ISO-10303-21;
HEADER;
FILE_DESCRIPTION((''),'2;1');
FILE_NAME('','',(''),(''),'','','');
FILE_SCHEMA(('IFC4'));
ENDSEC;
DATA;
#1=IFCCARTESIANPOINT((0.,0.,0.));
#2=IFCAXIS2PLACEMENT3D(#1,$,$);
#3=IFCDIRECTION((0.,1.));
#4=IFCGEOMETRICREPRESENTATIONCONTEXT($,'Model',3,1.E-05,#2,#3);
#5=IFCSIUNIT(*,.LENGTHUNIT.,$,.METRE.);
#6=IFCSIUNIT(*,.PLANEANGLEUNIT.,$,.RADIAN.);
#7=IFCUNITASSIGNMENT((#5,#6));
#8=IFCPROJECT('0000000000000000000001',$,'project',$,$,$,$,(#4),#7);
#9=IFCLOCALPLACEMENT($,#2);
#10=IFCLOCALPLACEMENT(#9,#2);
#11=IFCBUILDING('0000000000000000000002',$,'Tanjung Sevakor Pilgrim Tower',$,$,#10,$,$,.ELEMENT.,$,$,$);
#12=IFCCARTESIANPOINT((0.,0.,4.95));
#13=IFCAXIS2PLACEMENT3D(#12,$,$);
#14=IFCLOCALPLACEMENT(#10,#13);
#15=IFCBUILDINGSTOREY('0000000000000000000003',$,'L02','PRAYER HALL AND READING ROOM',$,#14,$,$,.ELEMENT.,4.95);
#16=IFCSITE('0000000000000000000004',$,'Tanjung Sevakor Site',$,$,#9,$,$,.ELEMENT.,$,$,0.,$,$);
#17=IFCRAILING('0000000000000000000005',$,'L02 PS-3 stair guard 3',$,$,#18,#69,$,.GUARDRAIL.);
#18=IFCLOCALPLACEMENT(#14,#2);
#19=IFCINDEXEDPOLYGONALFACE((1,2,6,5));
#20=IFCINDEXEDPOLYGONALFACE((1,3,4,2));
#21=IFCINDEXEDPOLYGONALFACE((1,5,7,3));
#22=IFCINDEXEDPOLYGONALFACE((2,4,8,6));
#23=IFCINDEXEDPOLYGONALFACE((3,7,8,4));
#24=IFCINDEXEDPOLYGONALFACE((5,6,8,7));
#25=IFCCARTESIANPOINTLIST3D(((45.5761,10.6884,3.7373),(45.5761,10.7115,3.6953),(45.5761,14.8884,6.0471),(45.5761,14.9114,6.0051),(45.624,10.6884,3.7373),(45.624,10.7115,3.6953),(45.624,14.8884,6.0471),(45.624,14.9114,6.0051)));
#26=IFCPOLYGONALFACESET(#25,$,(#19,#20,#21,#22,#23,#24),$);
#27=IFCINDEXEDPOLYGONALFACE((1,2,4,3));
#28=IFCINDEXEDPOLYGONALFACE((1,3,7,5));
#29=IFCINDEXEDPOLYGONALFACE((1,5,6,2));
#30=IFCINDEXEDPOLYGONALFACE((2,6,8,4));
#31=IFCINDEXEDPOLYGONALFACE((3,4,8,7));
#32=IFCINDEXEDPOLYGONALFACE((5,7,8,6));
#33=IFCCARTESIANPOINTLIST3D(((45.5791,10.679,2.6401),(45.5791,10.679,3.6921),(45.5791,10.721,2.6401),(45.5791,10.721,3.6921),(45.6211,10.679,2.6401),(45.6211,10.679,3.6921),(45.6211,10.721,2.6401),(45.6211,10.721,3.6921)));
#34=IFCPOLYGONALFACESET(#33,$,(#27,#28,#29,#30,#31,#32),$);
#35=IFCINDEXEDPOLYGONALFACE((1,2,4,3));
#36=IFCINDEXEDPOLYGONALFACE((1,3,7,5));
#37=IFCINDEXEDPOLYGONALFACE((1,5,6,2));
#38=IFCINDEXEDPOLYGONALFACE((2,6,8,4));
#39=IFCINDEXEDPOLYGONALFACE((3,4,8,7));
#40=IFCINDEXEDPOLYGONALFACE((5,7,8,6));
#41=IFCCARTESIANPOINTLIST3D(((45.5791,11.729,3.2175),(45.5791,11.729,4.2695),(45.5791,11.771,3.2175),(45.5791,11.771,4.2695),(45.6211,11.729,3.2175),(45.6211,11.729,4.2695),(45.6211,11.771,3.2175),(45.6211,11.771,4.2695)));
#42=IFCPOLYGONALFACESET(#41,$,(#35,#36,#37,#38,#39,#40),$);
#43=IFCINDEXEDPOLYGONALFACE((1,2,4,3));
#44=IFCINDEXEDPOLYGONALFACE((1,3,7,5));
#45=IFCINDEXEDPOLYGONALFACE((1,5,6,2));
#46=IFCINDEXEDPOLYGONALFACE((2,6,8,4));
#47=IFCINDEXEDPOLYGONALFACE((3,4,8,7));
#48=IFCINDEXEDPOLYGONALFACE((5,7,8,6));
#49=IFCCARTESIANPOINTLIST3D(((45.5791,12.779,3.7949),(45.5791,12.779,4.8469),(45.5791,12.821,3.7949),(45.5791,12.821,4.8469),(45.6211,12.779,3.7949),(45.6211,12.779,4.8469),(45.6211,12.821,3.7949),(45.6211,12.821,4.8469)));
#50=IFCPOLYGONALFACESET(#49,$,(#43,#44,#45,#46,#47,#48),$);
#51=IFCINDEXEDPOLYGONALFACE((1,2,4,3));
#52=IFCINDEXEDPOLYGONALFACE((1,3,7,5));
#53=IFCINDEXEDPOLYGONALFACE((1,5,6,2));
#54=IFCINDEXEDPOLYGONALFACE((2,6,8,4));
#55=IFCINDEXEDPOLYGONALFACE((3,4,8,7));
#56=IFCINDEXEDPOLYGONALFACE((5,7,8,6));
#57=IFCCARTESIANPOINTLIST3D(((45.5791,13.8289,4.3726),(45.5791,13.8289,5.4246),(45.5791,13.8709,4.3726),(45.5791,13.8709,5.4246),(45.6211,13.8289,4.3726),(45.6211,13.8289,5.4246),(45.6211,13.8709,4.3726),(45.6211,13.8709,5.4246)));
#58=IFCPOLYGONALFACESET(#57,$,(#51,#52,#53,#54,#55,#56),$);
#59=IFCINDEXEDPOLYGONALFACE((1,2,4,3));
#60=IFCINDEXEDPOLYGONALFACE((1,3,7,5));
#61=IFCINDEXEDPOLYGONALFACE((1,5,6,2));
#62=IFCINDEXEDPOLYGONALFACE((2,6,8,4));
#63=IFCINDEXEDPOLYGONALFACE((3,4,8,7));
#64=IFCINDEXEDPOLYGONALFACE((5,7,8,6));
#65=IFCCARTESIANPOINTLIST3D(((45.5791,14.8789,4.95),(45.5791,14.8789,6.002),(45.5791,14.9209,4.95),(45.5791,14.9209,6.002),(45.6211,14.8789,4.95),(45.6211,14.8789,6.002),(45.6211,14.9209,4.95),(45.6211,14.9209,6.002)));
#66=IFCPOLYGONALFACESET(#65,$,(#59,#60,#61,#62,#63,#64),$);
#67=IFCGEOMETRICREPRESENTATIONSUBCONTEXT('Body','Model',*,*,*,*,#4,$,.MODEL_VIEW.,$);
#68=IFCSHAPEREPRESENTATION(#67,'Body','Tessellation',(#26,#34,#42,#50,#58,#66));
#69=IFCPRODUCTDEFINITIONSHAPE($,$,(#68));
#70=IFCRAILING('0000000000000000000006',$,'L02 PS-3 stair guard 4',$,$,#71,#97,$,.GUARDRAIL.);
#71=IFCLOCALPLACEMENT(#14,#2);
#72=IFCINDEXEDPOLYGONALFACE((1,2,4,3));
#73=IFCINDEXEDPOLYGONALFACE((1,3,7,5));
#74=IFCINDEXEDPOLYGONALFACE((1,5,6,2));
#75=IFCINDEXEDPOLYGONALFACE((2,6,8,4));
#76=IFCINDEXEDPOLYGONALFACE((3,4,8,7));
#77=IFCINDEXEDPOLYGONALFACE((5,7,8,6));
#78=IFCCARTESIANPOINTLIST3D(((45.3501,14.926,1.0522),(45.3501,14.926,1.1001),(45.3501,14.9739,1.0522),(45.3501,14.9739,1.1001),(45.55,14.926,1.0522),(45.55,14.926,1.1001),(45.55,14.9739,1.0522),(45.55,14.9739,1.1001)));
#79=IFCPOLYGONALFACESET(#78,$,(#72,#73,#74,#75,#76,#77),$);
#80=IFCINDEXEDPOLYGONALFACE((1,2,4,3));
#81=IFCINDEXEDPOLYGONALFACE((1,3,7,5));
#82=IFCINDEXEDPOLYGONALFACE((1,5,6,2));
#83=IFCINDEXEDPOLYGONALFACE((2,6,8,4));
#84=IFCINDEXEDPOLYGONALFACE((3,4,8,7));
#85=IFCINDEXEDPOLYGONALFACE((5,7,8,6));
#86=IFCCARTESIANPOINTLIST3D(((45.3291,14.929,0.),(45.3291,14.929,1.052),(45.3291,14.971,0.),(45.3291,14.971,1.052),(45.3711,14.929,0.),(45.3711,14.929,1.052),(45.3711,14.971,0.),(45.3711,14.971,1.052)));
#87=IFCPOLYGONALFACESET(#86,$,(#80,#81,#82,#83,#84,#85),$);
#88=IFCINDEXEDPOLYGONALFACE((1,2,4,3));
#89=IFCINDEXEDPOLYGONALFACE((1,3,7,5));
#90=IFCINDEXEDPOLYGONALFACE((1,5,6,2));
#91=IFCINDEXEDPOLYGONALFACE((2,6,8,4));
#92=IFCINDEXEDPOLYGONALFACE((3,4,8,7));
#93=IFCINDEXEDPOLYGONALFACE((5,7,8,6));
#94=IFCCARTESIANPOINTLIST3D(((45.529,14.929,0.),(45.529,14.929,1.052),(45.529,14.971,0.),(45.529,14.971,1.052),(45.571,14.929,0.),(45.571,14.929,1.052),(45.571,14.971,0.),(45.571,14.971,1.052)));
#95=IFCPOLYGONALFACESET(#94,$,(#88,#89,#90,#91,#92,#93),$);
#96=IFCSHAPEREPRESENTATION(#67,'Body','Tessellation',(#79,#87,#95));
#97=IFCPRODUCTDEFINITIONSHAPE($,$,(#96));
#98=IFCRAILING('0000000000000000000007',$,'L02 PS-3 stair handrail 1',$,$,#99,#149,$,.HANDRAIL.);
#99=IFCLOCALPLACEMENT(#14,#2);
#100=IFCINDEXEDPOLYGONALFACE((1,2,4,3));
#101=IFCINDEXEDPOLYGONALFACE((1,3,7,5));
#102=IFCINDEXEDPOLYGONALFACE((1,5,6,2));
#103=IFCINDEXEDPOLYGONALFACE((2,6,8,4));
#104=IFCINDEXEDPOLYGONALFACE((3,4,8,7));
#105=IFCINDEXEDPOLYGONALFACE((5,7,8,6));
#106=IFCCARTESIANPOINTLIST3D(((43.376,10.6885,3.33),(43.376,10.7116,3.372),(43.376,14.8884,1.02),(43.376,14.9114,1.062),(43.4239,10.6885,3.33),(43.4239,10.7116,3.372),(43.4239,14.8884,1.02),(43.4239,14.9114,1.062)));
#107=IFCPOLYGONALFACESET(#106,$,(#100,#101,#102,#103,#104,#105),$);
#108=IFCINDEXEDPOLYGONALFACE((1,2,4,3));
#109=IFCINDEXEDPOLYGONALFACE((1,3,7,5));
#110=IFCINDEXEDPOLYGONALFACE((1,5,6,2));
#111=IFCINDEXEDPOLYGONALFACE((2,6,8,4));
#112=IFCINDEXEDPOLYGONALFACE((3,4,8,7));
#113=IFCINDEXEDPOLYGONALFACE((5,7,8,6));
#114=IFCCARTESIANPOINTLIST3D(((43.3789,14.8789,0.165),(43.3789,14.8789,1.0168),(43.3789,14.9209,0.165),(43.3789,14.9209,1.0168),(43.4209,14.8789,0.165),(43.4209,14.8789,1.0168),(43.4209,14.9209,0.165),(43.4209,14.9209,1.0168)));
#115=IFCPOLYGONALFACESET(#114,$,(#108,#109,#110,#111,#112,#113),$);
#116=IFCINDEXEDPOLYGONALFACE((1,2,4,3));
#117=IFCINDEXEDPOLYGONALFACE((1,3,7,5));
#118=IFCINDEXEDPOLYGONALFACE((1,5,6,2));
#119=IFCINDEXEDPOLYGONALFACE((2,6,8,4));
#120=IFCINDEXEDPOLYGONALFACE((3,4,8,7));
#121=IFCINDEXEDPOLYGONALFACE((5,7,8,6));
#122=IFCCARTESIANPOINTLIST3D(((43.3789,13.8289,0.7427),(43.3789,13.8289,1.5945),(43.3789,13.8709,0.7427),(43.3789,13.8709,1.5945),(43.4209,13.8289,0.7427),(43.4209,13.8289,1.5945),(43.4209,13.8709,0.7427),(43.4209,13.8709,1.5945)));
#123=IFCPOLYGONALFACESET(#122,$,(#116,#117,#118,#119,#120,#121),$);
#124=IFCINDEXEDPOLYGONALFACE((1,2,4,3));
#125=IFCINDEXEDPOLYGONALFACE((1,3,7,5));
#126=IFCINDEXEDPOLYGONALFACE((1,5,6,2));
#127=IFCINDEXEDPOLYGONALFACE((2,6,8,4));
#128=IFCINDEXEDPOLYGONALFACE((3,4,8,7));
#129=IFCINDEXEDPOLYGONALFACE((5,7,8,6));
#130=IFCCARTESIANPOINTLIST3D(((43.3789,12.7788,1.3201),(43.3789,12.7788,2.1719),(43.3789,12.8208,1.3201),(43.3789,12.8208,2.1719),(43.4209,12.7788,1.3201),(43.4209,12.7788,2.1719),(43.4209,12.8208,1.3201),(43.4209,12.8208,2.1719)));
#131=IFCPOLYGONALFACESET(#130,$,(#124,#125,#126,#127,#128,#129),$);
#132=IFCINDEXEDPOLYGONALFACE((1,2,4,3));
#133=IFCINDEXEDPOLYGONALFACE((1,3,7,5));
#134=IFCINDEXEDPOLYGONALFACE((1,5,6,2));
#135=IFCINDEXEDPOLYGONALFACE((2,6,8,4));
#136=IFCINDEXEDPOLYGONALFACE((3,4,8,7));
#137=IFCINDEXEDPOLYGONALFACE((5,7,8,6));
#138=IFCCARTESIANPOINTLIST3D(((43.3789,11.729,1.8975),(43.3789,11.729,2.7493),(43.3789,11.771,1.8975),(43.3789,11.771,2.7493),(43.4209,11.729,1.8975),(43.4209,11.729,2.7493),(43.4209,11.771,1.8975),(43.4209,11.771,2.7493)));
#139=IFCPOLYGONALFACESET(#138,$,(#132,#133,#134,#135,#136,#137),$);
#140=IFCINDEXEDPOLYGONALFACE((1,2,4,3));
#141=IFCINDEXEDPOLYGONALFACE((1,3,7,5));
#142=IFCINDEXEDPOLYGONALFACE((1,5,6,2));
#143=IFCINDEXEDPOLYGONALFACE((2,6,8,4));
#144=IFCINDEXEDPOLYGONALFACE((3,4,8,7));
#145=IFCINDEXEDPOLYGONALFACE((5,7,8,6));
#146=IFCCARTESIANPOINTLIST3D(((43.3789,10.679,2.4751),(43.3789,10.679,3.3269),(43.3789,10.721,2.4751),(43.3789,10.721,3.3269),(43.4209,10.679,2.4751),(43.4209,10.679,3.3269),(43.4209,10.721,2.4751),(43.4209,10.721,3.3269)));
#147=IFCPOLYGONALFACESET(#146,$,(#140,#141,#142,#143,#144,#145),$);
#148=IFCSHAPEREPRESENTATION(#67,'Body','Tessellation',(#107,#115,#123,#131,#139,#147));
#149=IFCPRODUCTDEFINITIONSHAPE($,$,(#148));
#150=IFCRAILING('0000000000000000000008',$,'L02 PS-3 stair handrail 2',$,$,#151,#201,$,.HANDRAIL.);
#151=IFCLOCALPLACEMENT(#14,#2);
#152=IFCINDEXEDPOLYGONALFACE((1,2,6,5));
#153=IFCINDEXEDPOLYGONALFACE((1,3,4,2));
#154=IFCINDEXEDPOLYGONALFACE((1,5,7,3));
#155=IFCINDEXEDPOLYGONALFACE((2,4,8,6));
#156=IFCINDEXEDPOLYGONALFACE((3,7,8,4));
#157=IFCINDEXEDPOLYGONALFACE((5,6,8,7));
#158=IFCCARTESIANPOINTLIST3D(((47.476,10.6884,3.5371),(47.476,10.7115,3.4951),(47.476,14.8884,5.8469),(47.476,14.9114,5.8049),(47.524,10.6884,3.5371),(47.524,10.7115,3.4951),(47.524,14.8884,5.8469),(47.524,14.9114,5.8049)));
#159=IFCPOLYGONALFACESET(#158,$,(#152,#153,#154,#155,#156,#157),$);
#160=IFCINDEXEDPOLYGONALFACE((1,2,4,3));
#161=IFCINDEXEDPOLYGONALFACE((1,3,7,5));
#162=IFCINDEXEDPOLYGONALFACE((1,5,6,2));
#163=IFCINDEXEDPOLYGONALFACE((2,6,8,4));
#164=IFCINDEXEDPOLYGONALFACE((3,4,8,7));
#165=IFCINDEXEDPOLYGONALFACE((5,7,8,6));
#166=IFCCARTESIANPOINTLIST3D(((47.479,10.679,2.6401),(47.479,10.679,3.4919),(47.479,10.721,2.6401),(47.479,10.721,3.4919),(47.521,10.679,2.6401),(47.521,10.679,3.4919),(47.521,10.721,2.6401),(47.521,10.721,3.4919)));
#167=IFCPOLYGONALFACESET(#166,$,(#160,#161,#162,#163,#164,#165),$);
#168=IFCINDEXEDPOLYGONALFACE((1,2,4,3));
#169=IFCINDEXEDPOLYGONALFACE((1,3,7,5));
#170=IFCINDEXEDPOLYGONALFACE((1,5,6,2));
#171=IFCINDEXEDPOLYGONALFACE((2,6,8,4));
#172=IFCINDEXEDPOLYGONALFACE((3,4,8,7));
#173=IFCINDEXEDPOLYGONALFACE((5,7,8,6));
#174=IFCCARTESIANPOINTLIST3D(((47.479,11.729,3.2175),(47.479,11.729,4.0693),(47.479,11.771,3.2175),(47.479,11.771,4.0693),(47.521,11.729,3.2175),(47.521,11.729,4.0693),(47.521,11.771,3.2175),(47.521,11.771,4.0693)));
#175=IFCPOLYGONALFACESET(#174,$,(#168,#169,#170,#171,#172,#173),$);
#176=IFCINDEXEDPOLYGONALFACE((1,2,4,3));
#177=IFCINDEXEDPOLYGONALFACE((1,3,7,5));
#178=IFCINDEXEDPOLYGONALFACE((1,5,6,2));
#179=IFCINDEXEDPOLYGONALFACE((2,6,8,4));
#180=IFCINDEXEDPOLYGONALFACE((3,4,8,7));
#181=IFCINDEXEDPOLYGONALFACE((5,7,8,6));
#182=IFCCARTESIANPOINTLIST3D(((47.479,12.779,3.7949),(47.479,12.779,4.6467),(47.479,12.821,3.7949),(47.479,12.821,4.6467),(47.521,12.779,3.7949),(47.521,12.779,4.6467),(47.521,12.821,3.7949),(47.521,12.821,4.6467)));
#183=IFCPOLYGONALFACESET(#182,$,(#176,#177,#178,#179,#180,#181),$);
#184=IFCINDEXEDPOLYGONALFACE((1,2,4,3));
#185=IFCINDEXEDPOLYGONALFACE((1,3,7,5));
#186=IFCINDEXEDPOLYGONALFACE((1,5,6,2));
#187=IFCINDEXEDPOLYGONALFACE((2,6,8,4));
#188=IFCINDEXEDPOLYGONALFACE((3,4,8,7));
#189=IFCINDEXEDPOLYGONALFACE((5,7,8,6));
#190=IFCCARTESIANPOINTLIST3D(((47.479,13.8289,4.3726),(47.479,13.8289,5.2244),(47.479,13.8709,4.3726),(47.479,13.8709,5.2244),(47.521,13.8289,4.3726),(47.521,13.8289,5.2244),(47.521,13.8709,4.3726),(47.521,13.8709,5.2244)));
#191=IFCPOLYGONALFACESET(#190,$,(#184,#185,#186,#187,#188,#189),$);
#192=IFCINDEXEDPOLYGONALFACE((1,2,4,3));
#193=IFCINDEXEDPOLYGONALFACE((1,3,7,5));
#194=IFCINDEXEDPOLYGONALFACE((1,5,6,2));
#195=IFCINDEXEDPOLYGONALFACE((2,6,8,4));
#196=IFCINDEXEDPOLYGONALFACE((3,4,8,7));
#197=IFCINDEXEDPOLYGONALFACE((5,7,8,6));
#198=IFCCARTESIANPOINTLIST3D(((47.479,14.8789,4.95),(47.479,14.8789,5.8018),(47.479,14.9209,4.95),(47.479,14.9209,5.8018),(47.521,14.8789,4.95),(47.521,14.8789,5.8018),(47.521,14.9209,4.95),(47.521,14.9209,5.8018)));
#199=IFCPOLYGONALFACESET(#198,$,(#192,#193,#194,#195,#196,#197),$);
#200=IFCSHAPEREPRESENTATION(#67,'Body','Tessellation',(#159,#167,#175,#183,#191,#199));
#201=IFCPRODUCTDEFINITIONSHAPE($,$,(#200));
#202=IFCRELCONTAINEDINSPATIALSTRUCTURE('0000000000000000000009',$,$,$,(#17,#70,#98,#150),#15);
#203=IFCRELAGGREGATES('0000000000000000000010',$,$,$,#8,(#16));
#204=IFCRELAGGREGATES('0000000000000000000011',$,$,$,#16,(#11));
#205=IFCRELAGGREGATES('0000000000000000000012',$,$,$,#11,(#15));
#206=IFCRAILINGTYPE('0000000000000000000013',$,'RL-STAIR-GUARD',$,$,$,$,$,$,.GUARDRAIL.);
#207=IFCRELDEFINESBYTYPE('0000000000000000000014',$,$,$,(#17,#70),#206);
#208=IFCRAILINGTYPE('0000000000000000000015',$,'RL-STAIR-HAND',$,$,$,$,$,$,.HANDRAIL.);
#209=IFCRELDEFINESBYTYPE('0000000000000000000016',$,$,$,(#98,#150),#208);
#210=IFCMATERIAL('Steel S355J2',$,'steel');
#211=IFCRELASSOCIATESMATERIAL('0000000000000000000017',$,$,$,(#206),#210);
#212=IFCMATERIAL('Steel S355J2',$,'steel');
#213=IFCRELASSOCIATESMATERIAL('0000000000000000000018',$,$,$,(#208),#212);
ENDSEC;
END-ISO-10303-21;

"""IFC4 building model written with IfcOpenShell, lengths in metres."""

from ifc_helpers import new_model, si_unit, direction, frame, origin, place, context, subcontext, project, spatial, rectangle, extrude, material, type_object, element, save


model = new_model("IFC4")

# Units and contexts
model_context = context("Model", 3, precision=1e-05, world=origin(), true_north=direction((0.0, 1.0)))
body_context = subcontext(model_context, "Body", "Model", "MODEL_VIEW")
ifc_project = project(units=[si_unit("LENGTHUNIT", "METRE"), si_unit("PLANEANGLEUNIT", "RADIAN")], contexts=[model_context])

# Site, building, storey
site_placement = place(None, origin())
site = spatial("IfcSite", under=ifc_project, at=site_placement, Name="Tanjung Sevakor Site", CompositionType="ELEMENT", RefElevation=0.0)
building_placement = place(site_placement, origin())
building = spatial("IfcBuilding", under=site, at=building_placement, Name="Tanjung Sevakor Pilgrim Tower", CompositionType="ELEMENT")
storey_placement = place(building_placement, frame((0.0, 0.0, 4.95)))
storey = spatial("IfcBuildingStorey", under=building, at=storey_placement, Name="L02", Description="PRAYER HALL AND READING ROOM", CompositionType="ELEMENT", Elevation=4.95)

# Railings
ifc_material_1 = material(Name="Steel S355J2", Category="steel")
railing_type_1 = type_object("IfcRailingType", Name="RL-STAIR-GUARD", PredefinedType="GUARDRAIL", material=ifc_material_1)
railing_1_placement = place(storey_placement, frame((45.6001, 10.7, 2.6401)))
element("IfcRailing", 1, at=railing_1_placement, inside=storey, type_object=railing_type_1, Name="L02 PS-3 stair guard 3", PredefinedType="GUARDRAIL", context=body_context, shape_type="SweptSolid", body=[
    extrude(rectangle(XDim=0.0479, YDim=0.0479), frame((0.0, 0.0, 1.0762), z_axis=(0.0, 0.87623, 0.481893), x_axis=(-1.0, 0.0, 0.0)), (0.0, 0.0, 1.0), 4.7932),
    extrude(rectangle(XDim=0.042, YDim=0.042), origin(), (0.0, 0.0, 1.0), 1.052),
    extrude(rectangle(XDim=0.042, YDim=0.042), frame((0.0, 1.05, 0.5774)), (0.0, 0.0, 1.0), 1.052),
    extrude(rectangle(XDim=0.042, YDim=0.042), frame((0.0, 2.1001, 1.1548)), (0.0, 0.0, 1.0), 1.052),
    extrude(rectangle(XDim=0.042, YDim=0.042), frame((0.0, 3.1499, 1.7324)), (0.0, 0.0, 1.0), 1.052),
    extrude(rectangle(XDim=0.042, YDim=0.042), frame((0.0, 4.2, 2.3098)), (0.0, 0.0, 1.0), 1.052),
])
railing_2_placement = place(storey_placement, frame((45.3501, 14.95, 0.0)))
element("IfcRailing", 2, at=railing_2_placement, inside=storey, type_object=railing_type_1, Name="L02 PS-3 stair guard 4", PredefinedType="GUARDRAIL", context=body_context, shape_type="SweptSolid", body=[
    extrude(rectangle(XDim=0.0479, YDim=0.0479), frame((0.0, 0.0, 1.0762), z_axis=(1.0, 0.0, 0.0), x_axis=(0.0, 1.0, 0.0)), (0.0, 0.0, 1.0), 0.2),
    extrude(rectangle(XDim=0.042, YDim=0.042), origin(), (0.0, 0.0, 1.0), 1.052),
    extrude(rectangle(XDim=0.042, YDim=0.042), frame((0.2, 0.0, 0.0)), (0.0, 0.0, 1.0), 1.052),
])
ifc_material_2 = material(Name="Steel S355J2", Category="steel")
railing_type_2 = type_object("IfcRailingType", Name="RL-STAIR-HAND", PredefinedType="HANDRAIL", material=ifc_material_2)
railing_3_placement = place(storey_placement, frame((43.3999, 14.8999, 0.165)))
element("IfcRailing", 3, at=railing_3_placement, inside=storey, type_object=railing_type_2, Name="L02 PS-3 stair handrail 1", PredefinedType="HANDRAIL", context=body_context, shape_type="SweptSolid", body=[
    extrude(rectangle(XDim=0.0479, YDim=0.0479), frame((0.0, 0.0, 0.876), z_axis=(0.0, -0.876208, 0.481932), x_axis=(1.0, 0.0, 0.0)), (0.0, 0.0, 1.0), 4.7932),
    extrude(rectangle(XDim=0.042, YDim=0.042), origin(), (0.0, 0.0, 1.0), 0.8518),
    extrude(rectangle(XDim=0.042, YDim=0.042), frame((0.0, -1.05, 0.5776)), (0.0, 0.0, 1.0), 0.8518),
    extrude(rectangle(XDim=0.042, YDim=0.042), frame((0.0, -2.1001, 1.155)), (0.0, 0.0, 1.0), 0.8518),
    extrude(rectangle(XDim=0.042, YDim=0.042), frame((0.0, -3.1499, 1.7324)), (0.0, 0.0, 1.0), 0.8518),
    extrude(rectangle(XDim=0.042, YDim=0.042), frame((0.0, -4.2, 2.3101)), (0.0, 0.0, 1.0), 0.8518),
])
railing_4_placement = place(storey_placement, frame((47.5, 10.7, 2.6401)))
element("IfcRailing", 4, at=railing_4_placement, inside=storey, type_object=railing_type_2, Name="L02 PS-3 stair handrail 2", PredefinedType="HANDRAIL", context=body_context, shape_type="SweptSolid", body=[
    extrude(rectangle(XDim=0.0479, YDim=0.0479), frame((0.0, 0.0, 0.876), z_axis=(0.0, 0.87623, 0.481893), x_axis=(-1.0, 0.0, 0.0)), (0.0, 0.0, 1.0), 4.7932),
    extrude(rectangle(XDim=0.042, YDim=0.042), origin(), (0.0, 0.0, 1.0), 0.8518),
    extrude(rectangle(XDim=0.042, YDim=0.042), frame((0.0, 1.05, 0.5774)), (0.0, 0.0, 1.0), 0.8518),
    extrude(rectangle(XDim=0.042, YDim=0.042), frame((0.0, 2.1001, 1.1548)), (0.0, 0.0, 1.0), 0.8518),
    extrude(rectangle(XDim=0.042, YDim=0.042), frame((0.0, 3.1499, 1.7324)), (0.0, 0.0, 1.0), 0.8518),
    extrude(rectangle(XDim=0.042, YDim=0.042), frame((0.0, 4.2, 2.3098)), (0.0, 0.0, 1.0), 0.8518),
])

save(model, "model.ifc")
